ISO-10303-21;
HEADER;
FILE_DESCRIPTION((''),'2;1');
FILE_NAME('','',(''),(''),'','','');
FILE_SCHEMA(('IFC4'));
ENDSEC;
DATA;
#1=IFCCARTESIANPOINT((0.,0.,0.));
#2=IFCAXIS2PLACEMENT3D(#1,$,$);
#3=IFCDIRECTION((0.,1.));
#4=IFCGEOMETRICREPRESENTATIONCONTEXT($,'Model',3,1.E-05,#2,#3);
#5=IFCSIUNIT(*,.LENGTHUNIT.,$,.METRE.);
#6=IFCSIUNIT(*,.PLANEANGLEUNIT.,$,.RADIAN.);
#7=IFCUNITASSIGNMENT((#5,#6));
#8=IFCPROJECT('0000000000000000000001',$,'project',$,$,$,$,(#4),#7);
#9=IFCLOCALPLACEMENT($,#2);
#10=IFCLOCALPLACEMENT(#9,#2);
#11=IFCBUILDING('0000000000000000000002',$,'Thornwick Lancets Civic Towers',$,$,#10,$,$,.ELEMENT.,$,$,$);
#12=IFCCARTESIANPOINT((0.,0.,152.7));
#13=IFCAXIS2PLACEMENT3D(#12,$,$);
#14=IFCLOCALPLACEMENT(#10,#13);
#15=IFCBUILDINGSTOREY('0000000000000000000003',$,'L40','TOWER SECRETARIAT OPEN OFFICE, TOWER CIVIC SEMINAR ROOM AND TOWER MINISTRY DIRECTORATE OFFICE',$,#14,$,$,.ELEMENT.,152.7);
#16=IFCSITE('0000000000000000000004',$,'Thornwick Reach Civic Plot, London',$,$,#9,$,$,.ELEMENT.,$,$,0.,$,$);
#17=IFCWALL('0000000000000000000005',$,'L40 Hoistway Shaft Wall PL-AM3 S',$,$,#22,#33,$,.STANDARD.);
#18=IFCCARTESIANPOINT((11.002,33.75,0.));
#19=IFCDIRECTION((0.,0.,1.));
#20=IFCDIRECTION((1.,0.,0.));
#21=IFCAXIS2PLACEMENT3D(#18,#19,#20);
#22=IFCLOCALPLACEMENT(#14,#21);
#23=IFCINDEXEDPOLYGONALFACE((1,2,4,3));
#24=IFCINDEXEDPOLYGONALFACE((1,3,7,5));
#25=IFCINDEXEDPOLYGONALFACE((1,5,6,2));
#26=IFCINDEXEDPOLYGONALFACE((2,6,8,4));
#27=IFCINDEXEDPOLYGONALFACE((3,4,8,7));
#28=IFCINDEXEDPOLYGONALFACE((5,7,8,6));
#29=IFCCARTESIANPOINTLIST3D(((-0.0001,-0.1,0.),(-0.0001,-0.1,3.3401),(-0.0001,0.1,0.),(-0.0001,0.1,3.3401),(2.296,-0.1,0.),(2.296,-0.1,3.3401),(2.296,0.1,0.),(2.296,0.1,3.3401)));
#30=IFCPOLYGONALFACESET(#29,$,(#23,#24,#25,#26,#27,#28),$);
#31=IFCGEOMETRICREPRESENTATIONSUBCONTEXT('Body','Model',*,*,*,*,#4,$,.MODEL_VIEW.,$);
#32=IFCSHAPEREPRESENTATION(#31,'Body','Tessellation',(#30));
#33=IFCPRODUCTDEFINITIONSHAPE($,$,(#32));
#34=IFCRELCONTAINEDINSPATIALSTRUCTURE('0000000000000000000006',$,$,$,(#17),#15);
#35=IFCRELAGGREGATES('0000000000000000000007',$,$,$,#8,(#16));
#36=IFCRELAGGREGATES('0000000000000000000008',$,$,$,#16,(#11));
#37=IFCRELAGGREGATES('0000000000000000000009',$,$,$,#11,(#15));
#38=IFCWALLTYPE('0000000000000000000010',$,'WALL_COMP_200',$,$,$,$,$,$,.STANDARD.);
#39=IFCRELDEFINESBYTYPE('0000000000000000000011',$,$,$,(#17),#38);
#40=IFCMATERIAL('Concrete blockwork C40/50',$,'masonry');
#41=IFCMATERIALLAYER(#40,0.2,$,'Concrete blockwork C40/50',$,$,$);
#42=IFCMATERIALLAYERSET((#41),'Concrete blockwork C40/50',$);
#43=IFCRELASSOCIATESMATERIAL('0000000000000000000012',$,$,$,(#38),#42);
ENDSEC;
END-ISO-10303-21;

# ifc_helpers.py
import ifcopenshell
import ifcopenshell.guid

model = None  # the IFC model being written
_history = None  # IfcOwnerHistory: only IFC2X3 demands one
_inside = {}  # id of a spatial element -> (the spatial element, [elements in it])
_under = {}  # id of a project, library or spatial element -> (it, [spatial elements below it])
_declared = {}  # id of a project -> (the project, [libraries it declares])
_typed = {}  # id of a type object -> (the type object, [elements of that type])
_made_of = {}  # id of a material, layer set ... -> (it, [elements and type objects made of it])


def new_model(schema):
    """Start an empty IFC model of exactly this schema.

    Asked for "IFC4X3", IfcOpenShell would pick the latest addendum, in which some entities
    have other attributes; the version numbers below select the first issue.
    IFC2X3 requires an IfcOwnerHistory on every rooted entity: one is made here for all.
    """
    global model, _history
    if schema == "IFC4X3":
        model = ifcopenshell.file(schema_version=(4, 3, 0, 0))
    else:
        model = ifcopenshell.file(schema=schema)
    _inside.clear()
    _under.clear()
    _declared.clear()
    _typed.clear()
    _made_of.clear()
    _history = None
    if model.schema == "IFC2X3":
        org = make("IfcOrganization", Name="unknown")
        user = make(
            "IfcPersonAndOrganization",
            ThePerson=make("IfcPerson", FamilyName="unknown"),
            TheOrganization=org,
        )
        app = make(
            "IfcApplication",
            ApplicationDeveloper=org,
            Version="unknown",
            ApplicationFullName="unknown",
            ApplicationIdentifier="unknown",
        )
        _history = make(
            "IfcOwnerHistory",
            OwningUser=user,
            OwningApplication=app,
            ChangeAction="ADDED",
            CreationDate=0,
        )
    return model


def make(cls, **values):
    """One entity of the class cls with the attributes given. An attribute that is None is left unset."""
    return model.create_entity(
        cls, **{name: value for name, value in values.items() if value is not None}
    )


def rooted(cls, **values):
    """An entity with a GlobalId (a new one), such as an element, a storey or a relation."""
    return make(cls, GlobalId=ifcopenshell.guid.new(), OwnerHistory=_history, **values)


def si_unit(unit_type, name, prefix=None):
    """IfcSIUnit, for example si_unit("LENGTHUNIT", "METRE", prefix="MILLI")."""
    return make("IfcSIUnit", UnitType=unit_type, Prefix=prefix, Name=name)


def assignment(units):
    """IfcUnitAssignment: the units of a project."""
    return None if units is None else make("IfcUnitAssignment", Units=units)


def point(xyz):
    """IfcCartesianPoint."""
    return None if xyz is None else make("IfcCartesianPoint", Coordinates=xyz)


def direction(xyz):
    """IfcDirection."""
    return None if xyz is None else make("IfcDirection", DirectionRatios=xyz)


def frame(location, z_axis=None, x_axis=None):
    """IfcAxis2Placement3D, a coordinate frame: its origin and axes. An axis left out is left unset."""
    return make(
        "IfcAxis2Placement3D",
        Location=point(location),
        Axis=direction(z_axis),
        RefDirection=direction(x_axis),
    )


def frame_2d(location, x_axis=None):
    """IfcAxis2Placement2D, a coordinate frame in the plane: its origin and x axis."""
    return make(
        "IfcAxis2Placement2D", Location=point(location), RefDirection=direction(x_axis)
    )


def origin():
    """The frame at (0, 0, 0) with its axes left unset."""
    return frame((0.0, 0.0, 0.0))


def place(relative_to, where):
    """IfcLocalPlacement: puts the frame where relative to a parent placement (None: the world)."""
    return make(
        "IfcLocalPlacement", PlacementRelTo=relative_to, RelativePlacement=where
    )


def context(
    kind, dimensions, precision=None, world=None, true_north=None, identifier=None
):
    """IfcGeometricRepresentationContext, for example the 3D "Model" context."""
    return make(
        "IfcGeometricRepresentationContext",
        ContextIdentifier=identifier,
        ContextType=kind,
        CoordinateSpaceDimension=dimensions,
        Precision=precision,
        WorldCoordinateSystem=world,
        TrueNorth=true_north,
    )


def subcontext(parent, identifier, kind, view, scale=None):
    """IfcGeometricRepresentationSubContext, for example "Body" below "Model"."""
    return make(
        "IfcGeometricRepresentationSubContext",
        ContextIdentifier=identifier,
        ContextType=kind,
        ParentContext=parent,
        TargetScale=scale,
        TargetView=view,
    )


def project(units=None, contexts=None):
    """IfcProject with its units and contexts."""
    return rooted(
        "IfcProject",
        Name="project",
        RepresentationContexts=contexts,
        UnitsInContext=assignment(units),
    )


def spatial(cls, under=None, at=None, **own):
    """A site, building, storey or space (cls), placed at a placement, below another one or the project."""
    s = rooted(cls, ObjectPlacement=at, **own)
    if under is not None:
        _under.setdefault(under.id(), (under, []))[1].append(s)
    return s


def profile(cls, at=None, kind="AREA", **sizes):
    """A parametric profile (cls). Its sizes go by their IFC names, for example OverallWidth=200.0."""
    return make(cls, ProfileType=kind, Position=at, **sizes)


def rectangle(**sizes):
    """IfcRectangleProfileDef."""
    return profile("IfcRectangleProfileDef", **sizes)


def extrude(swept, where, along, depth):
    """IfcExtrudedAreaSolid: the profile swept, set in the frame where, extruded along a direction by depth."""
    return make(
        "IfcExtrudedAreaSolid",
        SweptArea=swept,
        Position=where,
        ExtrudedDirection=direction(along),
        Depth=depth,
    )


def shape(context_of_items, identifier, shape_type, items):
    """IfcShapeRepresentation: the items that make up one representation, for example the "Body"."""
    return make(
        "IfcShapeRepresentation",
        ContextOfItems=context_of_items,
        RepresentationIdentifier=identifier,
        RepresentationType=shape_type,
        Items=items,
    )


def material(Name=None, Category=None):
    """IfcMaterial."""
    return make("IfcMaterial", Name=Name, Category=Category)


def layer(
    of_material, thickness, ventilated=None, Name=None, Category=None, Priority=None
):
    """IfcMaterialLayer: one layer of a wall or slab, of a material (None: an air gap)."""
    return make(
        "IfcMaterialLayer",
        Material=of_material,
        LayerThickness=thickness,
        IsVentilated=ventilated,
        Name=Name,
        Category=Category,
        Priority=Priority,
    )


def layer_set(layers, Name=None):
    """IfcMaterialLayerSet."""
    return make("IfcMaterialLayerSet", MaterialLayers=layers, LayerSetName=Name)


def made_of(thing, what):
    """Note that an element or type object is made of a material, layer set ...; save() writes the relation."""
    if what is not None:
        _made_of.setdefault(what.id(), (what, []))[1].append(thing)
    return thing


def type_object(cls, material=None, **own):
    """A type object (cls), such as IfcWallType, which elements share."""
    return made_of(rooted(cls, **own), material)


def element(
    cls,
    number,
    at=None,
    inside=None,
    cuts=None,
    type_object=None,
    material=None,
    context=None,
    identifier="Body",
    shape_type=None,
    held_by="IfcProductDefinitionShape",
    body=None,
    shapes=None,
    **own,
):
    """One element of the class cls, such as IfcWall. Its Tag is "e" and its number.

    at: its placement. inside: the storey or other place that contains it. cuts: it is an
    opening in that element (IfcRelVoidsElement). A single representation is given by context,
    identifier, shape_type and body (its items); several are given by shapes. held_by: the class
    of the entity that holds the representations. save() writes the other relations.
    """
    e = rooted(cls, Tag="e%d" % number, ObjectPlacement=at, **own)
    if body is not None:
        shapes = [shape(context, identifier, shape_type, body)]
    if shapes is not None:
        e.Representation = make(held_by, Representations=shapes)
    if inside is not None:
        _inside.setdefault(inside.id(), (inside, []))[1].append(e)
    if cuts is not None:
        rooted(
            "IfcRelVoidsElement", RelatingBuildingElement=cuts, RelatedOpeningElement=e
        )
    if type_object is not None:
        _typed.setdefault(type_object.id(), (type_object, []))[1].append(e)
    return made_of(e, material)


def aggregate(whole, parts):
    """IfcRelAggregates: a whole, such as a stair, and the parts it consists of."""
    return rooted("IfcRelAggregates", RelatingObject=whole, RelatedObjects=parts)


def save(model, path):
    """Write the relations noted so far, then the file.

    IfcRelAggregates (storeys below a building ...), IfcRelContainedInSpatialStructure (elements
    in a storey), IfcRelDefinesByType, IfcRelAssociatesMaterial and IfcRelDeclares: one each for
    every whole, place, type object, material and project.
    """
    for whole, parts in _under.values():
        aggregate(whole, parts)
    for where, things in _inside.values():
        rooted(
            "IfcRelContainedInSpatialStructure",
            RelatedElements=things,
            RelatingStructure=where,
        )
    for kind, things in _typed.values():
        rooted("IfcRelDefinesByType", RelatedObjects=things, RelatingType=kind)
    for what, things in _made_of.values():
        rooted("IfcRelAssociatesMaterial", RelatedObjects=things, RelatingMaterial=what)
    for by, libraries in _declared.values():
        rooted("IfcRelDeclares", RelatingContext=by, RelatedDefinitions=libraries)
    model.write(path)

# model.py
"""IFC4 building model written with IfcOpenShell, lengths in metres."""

from ifc_helpers import new_model, si_unit, direction, frame, frame_2d, origin, place, context, subcontext, project, spatial, rectangle, extrude, material, layer, layer_set, type_object, element, save


model = new_model("IFC4")

# Units and contexts
model_context = context("Model", 3, precision=1e-05, world=origin(), true_north=direction((0.0, 1.0)))
body_context = subcontext(model_context, "Body", "Model", "MODEL_VIEW")
ifc_project = project(units=[si_unit("LENGTHUNIT", "METRE"), si_unit("PLANEANGLEUNIT", "RADIAN")], contexts=[model_context])

# Site, building, storey
site_placement = place(None, origin())
site = spatial("IfcSite", under=ifc_project, at=site_placement, Name="Thornwick Reach Civic Plot, London", CompositionType="ELEMENT", RefElevation=0.0)
building_placement = place(site_placement, origin())
building = spatial("IfcBuilding", under=site, at=building_placement, Name="Thornwick Lancets Civic Towers", CompositionType="ELEMENT")
storey_placement = place(building_placement, frame((0.0, 0.0, 152.7)))
storey = spatial("IfcBuildingStorey", under=building, at=storey_placement, Name="L40", Description="TOWER SECRETARIAT OPEN OFFICE, TOWER CIVIC SEMINAR ROOM AND TOWER MINISTRY DIRECTORATE OFFICE", CompositionType="ELEMENT", Elevation=152.7)

# Shared definitions
ifc_material_1 = material(Name="Concrete blockwork C40/50", Category="masonry")
ifc_layer_1 = layer(ifc_material_1, 0.2, Name="Concrete blockwork C40/50")
ifc_layer_set_1 = layer_set([ifc_layer_1], Name="Concrete blockwork C40/50")
wall_type_1 = type_object("IfcWallType", Name="WALL_COMP_200", PredefinedType="STANDARD", material=ifc_layer_set_1)

# Wall
wall_1_placement = place(storey_placement, frame((11.002, 33.75, 0.0), z_axis=(0.0, 0.0, 1.0), x_axis=(1.0, 0.0, 0.0)))
element("IfcWall", 1, at=wall_1_placement, inside=storey, type_object=wall_type_1, Name="L40 Hoistway Shaft Wall PL-AM3 S", PredefinedType="STANDARD", context=body_context, shape_type="SweptSolid", body=[
    extrude(rectangle(XDim=2.2961, YDim=0.2, at=frame_2d((1.1479, 0.0))), origin(), (0.0, 0.0, 1.0), 3.3401),
])

save(model, "model.ifc")
